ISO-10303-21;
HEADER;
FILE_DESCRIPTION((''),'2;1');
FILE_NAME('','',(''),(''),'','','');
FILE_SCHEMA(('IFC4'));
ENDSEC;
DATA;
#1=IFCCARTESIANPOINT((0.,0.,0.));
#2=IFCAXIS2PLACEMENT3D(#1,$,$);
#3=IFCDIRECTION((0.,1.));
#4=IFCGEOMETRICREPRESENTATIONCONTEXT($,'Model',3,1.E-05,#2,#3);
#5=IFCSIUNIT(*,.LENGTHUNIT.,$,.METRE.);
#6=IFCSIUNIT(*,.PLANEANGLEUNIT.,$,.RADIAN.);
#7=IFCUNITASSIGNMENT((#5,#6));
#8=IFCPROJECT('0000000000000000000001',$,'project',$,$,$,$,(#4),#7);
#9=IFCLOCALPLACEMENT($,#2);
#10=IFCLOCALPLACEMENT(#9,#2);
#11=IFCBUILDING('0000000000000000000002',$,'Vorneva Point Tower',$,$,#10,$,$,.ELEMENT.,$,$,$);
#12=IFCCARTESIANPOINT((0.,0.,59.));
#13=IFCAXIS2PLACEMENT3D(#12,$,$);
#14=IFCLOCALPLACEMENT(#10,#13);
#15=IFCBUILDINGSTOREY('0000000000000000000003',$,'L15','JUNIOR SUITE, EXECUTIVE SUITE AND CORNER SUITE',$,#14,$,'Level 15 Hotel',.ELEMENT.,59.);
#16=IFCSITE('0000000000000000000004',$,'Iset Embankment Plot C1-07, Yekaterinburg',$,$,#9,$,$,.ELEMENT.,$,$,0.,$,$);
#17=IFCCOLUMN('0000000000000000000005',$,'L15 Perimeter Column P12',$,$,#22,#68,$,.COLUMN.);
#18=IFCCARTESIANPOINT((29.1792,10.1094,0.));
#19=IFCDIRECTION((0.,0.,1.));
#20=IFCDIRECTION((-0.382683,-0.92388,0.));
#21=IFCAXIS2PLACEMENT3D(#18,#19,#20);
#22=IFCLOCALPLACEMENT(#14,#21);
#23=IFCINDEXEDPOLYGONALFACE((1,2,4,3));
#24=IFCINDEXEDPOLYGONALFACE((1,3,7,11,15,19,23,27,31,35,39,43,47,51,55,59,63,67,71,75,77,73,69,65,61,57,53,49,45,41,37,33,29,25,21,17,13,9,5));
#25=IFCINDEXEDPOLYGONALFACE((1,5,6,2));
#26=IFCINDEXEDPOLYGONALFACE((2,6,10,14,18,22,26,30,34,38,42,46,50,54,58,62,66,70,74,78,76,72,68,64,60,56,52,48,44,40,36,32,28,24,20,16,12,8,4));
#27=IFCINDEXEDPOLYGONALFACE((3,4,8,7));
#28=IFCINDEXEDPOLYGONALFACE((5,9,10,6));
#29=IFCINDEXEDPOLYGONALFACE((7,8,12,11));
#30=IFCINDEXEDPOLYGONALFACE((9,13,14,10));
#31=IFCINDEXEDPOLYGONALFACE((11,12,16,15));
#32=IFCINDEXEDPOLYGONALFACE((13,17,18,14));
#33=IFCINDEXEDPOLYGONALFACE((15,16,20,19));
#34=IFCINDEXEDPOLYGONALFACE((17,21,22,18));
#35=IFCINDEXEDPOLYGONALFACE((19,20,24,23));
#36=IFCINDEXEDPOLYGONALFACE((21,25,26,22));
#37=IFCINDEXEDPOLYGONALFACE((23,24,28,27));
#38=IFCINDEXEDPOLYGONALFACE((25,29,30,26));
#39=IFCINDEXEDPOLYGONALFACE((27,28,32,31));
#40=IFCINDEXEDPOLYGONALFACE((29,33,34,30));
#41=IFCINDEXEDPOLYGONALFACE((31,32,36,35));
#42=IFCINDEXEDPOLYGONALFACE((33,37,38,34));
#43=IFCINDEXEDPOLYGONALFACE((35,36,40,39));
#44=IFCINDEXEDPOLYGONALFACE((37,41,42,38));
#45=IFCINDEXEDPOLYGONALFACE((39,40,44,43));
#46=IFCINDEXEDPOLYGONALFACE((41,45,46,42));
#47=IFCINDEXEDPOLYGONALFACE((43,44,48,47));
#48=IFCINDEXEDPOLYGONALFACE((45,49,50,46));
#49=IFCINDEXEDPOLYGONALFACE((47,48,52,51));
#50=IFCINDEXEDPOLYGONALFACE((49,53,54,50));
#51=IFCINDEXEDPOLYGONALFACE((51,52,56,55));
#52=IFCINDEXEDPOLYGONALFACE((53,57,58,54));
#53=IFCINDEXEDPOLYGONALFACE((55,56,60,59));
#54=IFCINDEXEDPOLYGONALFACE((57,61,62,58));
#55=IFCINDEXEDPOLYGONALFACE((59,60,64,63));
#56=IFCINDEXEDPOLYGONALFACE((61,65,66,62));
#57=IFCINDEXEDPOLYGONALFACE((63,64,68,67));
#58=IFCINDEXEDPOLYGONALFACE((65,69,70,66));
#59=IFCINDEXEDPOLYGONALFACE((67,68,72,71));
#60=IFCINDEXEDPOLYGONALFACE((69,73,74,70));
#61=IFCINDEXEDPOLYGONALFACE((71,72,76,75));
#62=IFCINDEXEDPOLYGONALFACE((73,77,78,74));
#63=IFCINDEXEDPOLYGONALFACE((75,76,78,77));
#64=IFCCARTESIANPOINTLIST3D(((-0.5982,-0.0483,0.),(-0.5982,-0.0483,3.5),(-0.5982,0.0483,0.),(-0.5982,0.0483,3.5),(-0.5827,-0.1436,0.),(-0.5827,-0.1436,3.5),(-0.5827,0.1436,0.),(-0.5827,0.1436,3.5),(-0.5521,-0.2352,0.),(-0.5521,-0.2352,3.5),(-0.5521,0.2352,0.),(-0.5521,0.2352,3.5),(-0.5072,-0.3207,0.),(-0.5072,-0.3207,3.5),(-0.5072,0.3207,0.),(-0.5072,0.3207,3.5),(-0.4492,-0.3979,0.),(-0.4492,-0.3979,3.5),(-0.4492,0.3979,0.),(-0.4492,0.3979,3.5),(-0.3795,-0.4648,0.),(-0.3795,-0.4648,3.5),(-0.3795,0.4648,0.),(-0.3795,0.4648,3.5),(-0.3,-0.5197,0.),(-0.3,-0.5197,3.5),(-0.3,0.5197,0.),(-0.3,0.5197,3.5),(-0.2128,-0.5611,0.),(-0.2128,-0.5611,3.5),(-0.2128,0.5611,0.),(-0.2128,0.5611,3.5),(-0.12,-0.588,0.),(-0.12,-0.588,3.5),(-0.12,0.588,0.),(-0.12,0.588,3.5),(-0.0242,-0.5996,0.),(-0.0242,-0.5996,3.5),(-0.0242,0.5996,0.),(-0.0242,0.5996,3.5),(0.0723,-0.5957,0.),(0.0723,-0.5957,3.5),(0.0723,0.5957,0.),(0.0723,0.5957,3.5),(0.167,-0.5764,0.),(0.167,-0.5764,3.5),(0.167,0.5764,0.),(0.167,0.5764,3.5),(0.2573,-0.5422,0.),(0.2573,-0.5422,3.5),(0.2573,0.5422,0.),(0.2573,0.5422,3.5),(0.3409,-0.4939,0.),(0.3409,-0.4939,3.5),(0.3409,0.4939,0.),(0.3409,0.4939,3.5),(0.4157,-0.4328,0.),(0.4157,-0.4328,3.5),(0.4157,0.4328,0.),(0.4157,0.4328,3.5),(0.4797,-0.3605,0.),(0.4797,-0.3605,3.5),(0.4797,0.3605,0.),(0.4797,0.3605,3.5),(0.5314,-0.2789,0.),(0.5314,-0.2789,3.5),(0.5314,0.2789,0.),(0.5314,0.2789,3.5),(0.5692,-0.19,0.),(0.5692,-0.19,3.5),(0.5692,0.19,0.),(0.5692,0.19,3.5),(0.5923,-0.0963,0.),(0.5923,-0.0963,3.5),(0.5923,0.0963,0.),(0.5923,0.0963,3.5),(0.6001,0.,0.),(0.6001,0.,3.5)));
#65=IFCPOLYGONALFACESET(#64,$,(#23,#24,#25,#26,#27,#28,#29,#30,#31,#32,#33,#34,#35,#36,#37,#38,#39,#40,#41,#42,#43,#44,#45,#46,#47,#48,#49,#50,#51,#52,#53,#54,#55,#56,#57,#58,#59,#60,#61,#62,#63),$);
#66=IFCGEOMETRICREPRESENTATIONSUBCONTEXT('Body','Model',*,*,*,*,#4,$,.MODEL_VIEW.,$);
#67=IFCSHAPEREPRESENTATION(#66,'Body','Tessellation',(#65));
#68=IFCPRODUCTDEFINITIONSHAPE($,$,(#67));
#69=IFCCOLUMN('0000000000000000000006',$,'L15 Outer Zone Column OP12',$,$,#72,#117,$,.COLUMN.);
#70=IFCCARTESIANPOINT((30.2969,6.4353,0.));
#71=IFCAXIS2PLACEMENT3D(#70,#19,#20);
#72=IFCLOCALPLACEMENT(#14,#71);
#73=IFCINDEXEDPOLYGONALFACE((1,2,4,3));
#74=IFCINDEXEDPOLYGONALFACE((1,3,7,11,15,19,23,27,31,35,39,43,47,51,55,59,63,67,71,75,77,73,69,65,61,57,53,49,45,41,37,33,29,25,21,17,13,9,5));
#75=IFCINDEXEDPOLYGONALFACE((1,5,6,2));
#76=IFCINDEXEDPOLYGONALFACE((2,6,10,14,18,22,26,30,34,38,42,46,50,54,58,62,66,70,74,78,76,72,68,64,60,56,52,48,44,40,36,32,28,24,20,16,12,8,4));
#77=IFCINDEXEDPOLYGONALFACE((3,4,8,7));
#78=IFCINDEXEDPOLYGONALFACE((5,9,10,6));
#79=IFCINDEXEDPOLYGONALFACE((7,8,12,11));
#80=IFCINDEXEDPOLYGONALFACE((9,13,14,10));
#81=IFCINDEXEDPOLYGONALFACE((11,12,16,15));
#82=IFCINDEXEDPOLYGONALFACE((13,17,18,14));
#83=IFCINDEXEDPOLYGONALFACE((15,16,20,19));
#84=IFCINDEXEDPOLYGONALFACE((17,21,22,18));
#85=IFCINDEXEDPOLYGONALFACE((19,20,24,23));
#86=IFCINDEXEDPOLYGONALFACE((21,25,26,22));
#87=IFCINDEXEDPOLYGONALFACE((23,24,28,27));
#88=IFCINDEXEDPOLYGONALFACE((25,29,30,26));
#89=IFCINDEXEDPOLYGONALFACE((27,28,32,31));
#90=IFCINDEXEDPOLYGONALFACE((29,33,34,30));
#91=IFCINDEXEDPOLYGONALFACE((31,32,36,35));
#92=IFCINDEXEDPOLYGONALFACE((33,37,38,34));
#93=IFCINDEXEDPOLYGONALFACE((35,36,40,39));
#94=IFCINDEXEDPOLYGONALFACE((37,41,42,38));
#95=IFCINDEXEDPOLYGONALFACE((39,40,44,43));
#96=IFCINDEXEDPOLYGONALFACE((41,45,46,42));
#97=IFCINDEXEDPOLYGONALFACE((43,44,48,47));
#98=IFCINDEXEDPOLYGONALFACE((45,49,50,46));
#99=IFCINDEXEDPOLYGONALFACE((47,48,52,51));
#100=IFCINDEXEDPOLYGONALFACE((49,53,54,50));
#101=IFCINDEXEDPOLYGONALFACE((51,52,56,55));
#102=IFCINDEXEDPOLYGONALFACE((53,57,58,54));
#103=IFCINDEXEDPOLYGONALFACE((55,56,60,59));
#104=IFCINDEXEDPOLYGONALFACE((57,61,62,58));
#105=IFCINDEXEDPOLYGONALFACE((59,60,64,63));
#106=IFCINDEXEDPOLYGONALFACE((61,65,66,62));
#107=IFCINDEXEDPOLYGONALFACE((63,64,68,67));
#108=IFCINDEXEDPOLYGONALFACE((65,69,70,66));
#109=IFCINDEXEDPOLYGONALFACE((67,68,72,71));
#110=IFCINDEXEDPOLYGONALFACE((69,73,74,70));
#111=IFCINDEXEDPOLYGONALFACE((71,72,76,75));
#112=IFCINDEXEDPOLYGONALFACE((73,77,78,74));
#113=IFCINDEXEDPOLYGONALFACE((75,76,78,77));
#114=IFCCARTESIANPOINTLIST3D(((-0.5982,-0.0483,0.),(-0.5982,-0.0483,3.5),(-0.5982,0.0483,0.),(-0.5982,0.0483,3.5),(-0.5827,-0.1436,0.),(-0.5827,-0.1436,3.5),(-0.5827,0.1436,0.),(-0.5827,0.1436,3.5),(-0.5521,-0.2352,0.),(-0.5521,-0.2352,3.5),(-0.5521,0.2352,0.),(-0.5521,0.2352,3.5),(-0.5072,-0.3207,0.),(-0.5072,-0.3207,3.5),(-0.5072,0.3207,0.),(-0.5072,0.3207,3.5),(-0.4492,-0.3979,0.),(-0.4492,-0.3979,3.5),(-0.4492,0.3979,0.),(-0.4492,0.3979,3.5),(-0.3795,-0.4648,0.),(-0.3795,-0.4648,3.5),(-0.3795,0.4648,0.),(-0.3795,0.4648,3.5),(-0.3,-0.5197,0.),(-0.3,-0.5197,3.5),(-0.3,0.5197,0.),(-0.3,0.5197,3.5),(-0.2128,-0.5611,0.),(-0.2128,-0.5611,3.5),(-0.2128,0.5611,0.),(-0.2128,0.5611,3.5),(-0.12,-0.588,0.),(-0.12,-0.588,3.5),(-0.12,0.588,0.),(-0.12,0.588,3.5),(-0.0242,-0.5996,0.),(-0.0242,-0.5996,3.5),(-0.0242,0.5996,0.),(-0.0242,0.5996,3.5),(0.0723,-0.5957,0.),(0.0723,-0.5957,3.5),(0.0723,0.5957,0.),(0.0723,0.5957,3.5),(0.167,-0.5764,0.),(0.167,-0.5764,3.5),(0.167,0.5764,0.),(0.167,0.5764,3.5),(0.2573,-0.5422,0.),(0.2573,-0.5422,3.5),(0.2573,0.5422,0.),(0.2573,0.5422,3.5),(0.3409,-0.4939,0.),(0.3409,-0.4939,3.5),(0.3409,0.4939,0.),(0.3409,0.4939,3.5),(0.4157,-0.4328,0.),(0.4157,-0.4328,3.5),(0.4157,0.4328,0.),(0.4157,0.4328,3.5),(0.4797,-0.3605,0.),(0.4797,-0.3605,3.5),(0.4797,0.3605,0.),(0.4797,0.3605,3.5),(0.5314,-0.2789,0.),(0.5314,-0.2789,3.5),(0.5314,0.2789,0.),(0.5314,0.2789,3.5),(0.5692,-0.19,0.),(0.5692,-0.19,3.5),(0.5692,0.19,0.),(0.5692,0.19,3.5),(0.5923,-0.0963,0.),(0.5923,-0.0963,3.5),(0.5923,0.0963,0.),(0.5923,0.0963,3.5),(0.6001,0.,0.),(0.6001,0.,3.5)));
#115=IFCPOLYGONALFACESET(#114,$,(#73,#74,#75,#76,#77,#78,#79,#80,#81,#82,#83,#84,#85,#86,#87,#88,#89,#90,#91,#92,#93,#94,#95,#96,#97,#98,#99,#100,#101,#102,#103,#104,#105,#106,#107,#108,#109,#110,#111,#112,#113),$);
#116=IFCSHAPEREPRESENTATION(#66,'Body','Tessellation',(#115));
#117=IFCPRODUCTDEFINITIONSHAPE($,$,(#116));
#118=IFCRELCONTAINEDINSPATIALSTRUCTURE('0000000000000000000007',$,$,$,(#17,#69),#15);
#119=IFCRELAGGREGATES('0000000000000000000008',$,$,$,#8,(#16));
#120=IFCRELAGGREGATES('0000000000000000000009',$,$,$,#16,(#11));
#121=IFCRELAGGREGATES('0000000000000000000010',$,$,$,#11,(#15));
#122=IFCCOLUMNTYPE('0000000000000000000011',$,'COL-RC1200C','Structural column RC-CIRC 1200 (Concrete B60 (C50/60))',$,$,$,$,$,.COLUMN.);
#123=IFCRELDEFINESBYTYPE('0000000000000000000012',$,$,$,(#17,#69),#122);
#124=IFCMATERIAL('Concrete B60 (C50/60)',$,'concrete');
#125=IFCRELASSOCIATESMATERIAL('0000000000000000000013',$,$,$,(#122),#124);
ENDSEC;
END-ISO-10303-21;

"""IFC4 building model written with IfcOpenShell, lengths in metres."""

from ifc_helpers import new_model, si_unit, direction, frame, origin, origin_2d, place, context, subcontext, project, spatial, circle, extrude, material, material_profile, profile_set, type_object, element, save


model = new_model("IFC4")

# Units and contexts
model_context = context("Model", 3, precision=1e-05, world=origin(), true_north=direction((0.0, 1.0)))
body_context = subcontext(model_context, "Body", "Model", "MODEL_VIEW")
ifc_project = project(units=[si_unit("LENGTHUNIT", "METRE"), si_unit("PLANEANGLEUNIT", "RADIAN")], contexts=[model_context])

# Site, building, storey
site_placement = place(None, origin())
site = spatial("IfcSite", under=ifc_project, at=site_placement, Name="Iset Embankment Plot C1-07, Yekaterinburg", CompositionType="ELEMENT", RefElevation=0.0)
building_placement = place(site_placement, origin())
building = spatial("IfcBuilding", under=site, at=building_placement, Name="Vorneva Point Tower", CompositionType="ELEMENT")
storey_placement = place(building_placement, frame((0.0, 0.0, 59.0)))
storey = spatial("IfcBuildingStorey", under=building, at=storey_placement, Name="L15", Description="JUNIOR SUITE, EXECUTIVE SUITE AND CORNER SUITE", LongName="Level 15 Hotel", CompositionType="ELEMENT", Elevation=59.0)

# Columns
ifc_material_1 = material(Name="Concrete B60 (C50/60)", Category="concrete")
ifc_material_profile_1 = material_profile(ifc_material_1, circle(Radius=0.6001, at=origin_2d()), Name="RC-CIRC 1200")
ifc_profile_set_1 = profile_set([ifc_material_profile_1], Name="Concrete B60 (C50/60)")
column_type = type_object("IfcColumnType", Name="COL-RC1200C", Description="Structural column RC-CIRC 1200 (Concrete B60 (C50/60))", PredefinedType="COLUMN", material=ifc_profile_set_1)
for number, where, z_axis, x_axis, name in (
    (1, (29.1792, 10.1094, 0.0), (0.0, 0.0, 1.0), (-0.382683, -0.92388, 0.0), "L15 Perimeter Column P12"),
    (2, (30.2969, 6.4353, 0.0), (0.0, 0.0, 1.0), (-0.382683, -0.92388, 0.0), "L15 Outer Zone Column OP12"),
):
    element("IfcColumn", number, at=place(storey_placement, frame(where, z_axis=z_axis, x_axis=x_axis)), inside=storey, type_object=column_type, Name=name, PredefinedType="COLUMN", context=body_context, shape_type="SweptSolid", body=[
        extrude(circle(Radius=0.6001, at=origin_2d()), origin(), (0.0, 0.0, 1.0), 3.5),
    ])

save(model, "model.ifc")
